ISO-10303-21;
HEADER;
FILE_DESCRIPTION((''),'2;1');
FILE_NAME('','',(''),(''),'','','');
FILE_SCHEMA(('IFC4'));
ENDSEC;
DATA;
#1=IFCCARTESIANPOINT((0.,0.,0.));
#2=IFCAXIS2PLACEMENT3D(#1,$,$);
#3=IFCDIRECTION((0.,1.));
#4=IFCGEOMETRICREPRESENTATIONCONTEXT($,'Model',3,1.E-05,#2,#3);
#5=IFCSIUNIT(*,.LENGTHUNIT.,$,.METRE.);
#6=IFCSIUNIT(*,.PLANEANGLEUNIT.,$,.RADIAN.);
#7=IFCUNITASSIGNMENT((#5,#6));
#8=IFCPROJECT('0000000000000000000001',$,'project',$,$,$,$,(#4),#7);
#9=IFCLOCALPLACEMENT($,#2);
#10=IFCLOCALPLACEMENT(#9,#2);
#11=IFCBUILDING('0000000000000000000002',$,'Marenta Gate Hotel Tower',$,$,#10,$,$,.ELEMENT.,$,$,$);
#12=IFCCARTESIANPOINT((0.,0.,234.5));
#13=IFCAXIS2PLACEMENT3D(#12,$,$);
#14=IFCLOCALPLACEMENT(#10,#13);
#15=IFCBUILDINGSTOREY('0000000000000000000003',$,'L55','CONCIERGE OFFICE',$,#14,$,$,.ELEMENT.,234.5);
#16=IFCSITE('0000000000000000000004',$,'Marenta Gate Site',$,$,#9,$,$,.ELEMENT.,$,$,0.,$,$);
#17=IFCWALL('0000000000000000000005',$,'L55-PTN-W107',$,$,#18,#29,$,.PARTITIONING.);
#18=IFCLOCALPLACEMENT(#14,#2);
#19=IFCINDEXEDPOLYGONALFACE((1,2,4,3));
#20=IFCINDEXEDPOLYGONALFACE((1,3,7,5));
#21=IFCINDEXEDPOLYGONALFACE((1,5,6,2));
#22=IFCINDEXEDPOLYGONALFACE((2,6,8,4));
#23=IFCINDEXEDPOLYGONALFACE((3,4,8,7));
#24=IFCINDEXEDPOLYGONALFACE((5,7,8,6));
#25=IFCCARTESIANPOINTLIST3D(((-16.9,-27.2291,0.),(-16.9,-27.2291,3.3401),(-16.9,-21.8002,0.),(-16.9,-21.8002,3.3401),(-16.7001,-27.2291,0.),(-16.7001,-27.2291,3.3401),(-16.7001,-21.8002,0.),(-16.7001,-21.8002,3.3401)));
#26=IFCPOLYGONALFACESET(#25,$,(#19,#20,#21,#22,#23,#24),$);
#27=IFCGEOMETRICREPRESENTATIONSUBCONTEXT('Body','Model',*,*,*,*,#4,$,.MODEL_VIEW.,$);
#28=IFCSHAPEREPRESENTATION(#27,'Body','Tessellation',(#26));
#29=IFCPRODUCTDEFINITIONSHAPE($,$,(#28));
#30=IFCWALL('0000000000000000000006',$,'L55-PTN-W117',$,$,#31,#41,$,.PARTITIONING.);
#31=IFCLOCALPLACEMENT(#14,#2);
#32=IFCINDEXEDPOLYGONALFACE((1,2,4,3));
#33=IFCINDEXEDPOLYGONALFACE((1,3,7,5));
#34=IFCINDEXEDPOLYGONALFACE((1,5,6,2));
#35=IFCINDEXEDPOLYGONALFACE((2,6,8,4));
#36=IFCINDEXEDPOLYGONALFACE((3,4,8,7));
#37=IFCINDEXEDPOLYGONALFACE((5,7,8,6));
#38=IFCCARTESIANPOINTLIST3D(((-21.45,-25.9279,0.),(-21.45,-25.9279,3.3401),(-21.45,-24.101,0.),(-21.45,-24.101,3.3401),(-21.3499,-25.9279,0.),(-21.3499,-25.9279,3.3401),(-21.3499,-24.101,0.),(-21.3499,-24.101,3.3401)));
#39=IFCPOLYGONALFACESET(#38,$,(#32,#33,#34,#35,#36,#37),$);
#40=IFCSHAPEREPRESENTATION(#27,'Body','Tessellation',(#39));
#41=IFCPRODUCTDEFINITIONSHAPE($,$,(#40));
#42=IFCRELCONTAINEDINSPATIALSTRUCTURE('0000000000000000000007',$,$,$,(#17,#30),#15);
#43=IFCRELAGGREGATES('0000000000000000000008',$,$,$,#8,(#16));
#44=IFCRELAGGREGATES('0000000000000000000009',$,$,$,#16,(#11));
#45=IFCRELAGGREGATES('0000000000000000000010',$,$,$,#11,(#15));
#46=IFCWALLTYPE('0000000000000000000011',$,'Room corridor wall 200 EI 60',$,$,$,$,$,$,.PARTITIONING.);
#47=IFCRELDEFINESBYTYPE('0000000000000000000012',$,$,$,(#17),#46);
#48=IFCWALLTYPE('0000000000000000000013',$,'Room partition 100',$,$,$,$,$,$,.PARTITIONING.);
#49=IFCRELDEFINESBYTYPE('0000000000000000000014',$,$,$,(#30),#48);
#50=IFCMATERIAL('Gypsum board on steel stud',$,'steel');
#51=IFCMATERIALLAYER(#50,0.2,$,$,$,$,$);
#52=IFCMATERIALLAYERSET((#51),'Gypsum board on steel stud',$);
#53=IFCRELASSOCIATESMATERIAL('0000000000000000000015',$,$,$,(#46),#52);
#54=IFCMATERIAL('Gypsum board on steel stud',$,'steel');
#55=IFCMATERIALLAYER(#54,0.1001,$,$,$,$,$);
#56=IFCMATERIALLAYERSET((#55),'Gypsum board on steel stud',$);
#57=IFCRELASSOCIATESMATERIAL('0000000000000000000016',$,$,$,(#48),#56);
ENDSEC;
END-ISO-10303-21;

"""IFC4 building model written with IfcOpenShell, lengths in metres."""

from ifc_helpers import new_model, si_unit, direction, frame, frame_2d, origin, place, context, subcontext, project, spatial, rectangle, extrude, material, layer, layer_set, type_object, element, save


model = new_model("IFC4")

# Units and contexts
model_context = context("Model", 3, precision=1e-05, world=origin(), true_north=direction((0.0, 1.0)))
body_context = subcontext(model_context, "Body", "Model", "MODEL_VIEW")
ifc_project = project(units=[si_unit("LENGTHUNIT", "METRE"), si_unit("PLANEANGLEUNIT", "RADIAN")], contexts=[model_context])

# Site, building, storey
site_placement = place(None, origin())
site = spatial("IfcSite", under=ifc_project, at=site_placement, Name="Marenta Gate Site", CompositionType="ELEMENT", RefElevation=0.0)
building_placement = place(site_placement, origin())
building = spatial("IfcBuilding", under=site, at=building_placement, Name="Marenta Gate Hotel Tower", CompositionType="ELEMENT")
storey_placement = place(building_placement, frame((0.0, 0.0, 234.5)))
storey = spatial("IfcBuildingStorey", under=building, at=storey_placement, Name="L55", Description="CONCIERGE OFFICE", CompositionType="ELEMENT", Elevation=234.5)

# Shared definitions
ifc_material_1 = material(Name="Gypsum board on steel stud", Category="steel")
ifc_layer_1 = layer(ifc_material_1, 0.2)
ifc_layer_set_1 = layer_set([ifc_layer_1], Name="Gypsum board on steel stud")
wall_type_1 = type_object("IfcWallType", Name="Room corridor wall 200 EI 60", PredefinedType="PARTITIONING", material=ifc_layer_set_1)

# Wall
wall_1_placement = place(storey_placement, frame((-16.8, -27.229, 0.0), z_axis=(0.0, 0.0, 1.0), x_axis=(0.0, 1.0, 0.0)))
element("IfcWall", 1, at=wall_1_placement, inside=storey, type_object=wall_type_1, Name="L55-PTN-W107", PredefinedType="PARTITIONING", context=body_context, shape_type="SweptSolid", body=[
    extrude(rectangle(XDim=5.429, YDim=0.2, at=frame_2d((2.7144, 0.0))), origin(), (0.0, 0.0, 1.0), 3.3401),
])

# Wall
ifc_material_2 = material(Name="Gypsum board on steel stud", Category="steel")
ifc_layer_2 = layer(ifc_material_2, 0.1001)
ifc_layer_set_2 = layer_set([ifc_layer_2], Name="Gypsum board on steel stud")
wall_type_2 = type_object("IfcWallType", Name="Room partition 100", PredefinedType="PARTITIONING", material=ifc_layer_set_2)
wall_2_placement = place(storey_placement, frame((-21.3999, -25.928, 0.0), z_axis=(0.0, 0.0, 1.0), x_axis=(0.0, 1.0, 0.0)))
element("IfcWall", 2, at=wall_2_placement, inside=storey, type_object=wall_type_2, Name="L55-PTN-W117", PredefinedType="PARTITIONING", context=body_context, shape_type="SweptSolid", body=[
    extrude(rectangle(XDim=1.8269, YDim=0.1001, at=frame_2d((0.9136, 0.0))), origin(), (0.0, 0.0, 1.0), 3.3401),
])

save(model, "model.ifc")
